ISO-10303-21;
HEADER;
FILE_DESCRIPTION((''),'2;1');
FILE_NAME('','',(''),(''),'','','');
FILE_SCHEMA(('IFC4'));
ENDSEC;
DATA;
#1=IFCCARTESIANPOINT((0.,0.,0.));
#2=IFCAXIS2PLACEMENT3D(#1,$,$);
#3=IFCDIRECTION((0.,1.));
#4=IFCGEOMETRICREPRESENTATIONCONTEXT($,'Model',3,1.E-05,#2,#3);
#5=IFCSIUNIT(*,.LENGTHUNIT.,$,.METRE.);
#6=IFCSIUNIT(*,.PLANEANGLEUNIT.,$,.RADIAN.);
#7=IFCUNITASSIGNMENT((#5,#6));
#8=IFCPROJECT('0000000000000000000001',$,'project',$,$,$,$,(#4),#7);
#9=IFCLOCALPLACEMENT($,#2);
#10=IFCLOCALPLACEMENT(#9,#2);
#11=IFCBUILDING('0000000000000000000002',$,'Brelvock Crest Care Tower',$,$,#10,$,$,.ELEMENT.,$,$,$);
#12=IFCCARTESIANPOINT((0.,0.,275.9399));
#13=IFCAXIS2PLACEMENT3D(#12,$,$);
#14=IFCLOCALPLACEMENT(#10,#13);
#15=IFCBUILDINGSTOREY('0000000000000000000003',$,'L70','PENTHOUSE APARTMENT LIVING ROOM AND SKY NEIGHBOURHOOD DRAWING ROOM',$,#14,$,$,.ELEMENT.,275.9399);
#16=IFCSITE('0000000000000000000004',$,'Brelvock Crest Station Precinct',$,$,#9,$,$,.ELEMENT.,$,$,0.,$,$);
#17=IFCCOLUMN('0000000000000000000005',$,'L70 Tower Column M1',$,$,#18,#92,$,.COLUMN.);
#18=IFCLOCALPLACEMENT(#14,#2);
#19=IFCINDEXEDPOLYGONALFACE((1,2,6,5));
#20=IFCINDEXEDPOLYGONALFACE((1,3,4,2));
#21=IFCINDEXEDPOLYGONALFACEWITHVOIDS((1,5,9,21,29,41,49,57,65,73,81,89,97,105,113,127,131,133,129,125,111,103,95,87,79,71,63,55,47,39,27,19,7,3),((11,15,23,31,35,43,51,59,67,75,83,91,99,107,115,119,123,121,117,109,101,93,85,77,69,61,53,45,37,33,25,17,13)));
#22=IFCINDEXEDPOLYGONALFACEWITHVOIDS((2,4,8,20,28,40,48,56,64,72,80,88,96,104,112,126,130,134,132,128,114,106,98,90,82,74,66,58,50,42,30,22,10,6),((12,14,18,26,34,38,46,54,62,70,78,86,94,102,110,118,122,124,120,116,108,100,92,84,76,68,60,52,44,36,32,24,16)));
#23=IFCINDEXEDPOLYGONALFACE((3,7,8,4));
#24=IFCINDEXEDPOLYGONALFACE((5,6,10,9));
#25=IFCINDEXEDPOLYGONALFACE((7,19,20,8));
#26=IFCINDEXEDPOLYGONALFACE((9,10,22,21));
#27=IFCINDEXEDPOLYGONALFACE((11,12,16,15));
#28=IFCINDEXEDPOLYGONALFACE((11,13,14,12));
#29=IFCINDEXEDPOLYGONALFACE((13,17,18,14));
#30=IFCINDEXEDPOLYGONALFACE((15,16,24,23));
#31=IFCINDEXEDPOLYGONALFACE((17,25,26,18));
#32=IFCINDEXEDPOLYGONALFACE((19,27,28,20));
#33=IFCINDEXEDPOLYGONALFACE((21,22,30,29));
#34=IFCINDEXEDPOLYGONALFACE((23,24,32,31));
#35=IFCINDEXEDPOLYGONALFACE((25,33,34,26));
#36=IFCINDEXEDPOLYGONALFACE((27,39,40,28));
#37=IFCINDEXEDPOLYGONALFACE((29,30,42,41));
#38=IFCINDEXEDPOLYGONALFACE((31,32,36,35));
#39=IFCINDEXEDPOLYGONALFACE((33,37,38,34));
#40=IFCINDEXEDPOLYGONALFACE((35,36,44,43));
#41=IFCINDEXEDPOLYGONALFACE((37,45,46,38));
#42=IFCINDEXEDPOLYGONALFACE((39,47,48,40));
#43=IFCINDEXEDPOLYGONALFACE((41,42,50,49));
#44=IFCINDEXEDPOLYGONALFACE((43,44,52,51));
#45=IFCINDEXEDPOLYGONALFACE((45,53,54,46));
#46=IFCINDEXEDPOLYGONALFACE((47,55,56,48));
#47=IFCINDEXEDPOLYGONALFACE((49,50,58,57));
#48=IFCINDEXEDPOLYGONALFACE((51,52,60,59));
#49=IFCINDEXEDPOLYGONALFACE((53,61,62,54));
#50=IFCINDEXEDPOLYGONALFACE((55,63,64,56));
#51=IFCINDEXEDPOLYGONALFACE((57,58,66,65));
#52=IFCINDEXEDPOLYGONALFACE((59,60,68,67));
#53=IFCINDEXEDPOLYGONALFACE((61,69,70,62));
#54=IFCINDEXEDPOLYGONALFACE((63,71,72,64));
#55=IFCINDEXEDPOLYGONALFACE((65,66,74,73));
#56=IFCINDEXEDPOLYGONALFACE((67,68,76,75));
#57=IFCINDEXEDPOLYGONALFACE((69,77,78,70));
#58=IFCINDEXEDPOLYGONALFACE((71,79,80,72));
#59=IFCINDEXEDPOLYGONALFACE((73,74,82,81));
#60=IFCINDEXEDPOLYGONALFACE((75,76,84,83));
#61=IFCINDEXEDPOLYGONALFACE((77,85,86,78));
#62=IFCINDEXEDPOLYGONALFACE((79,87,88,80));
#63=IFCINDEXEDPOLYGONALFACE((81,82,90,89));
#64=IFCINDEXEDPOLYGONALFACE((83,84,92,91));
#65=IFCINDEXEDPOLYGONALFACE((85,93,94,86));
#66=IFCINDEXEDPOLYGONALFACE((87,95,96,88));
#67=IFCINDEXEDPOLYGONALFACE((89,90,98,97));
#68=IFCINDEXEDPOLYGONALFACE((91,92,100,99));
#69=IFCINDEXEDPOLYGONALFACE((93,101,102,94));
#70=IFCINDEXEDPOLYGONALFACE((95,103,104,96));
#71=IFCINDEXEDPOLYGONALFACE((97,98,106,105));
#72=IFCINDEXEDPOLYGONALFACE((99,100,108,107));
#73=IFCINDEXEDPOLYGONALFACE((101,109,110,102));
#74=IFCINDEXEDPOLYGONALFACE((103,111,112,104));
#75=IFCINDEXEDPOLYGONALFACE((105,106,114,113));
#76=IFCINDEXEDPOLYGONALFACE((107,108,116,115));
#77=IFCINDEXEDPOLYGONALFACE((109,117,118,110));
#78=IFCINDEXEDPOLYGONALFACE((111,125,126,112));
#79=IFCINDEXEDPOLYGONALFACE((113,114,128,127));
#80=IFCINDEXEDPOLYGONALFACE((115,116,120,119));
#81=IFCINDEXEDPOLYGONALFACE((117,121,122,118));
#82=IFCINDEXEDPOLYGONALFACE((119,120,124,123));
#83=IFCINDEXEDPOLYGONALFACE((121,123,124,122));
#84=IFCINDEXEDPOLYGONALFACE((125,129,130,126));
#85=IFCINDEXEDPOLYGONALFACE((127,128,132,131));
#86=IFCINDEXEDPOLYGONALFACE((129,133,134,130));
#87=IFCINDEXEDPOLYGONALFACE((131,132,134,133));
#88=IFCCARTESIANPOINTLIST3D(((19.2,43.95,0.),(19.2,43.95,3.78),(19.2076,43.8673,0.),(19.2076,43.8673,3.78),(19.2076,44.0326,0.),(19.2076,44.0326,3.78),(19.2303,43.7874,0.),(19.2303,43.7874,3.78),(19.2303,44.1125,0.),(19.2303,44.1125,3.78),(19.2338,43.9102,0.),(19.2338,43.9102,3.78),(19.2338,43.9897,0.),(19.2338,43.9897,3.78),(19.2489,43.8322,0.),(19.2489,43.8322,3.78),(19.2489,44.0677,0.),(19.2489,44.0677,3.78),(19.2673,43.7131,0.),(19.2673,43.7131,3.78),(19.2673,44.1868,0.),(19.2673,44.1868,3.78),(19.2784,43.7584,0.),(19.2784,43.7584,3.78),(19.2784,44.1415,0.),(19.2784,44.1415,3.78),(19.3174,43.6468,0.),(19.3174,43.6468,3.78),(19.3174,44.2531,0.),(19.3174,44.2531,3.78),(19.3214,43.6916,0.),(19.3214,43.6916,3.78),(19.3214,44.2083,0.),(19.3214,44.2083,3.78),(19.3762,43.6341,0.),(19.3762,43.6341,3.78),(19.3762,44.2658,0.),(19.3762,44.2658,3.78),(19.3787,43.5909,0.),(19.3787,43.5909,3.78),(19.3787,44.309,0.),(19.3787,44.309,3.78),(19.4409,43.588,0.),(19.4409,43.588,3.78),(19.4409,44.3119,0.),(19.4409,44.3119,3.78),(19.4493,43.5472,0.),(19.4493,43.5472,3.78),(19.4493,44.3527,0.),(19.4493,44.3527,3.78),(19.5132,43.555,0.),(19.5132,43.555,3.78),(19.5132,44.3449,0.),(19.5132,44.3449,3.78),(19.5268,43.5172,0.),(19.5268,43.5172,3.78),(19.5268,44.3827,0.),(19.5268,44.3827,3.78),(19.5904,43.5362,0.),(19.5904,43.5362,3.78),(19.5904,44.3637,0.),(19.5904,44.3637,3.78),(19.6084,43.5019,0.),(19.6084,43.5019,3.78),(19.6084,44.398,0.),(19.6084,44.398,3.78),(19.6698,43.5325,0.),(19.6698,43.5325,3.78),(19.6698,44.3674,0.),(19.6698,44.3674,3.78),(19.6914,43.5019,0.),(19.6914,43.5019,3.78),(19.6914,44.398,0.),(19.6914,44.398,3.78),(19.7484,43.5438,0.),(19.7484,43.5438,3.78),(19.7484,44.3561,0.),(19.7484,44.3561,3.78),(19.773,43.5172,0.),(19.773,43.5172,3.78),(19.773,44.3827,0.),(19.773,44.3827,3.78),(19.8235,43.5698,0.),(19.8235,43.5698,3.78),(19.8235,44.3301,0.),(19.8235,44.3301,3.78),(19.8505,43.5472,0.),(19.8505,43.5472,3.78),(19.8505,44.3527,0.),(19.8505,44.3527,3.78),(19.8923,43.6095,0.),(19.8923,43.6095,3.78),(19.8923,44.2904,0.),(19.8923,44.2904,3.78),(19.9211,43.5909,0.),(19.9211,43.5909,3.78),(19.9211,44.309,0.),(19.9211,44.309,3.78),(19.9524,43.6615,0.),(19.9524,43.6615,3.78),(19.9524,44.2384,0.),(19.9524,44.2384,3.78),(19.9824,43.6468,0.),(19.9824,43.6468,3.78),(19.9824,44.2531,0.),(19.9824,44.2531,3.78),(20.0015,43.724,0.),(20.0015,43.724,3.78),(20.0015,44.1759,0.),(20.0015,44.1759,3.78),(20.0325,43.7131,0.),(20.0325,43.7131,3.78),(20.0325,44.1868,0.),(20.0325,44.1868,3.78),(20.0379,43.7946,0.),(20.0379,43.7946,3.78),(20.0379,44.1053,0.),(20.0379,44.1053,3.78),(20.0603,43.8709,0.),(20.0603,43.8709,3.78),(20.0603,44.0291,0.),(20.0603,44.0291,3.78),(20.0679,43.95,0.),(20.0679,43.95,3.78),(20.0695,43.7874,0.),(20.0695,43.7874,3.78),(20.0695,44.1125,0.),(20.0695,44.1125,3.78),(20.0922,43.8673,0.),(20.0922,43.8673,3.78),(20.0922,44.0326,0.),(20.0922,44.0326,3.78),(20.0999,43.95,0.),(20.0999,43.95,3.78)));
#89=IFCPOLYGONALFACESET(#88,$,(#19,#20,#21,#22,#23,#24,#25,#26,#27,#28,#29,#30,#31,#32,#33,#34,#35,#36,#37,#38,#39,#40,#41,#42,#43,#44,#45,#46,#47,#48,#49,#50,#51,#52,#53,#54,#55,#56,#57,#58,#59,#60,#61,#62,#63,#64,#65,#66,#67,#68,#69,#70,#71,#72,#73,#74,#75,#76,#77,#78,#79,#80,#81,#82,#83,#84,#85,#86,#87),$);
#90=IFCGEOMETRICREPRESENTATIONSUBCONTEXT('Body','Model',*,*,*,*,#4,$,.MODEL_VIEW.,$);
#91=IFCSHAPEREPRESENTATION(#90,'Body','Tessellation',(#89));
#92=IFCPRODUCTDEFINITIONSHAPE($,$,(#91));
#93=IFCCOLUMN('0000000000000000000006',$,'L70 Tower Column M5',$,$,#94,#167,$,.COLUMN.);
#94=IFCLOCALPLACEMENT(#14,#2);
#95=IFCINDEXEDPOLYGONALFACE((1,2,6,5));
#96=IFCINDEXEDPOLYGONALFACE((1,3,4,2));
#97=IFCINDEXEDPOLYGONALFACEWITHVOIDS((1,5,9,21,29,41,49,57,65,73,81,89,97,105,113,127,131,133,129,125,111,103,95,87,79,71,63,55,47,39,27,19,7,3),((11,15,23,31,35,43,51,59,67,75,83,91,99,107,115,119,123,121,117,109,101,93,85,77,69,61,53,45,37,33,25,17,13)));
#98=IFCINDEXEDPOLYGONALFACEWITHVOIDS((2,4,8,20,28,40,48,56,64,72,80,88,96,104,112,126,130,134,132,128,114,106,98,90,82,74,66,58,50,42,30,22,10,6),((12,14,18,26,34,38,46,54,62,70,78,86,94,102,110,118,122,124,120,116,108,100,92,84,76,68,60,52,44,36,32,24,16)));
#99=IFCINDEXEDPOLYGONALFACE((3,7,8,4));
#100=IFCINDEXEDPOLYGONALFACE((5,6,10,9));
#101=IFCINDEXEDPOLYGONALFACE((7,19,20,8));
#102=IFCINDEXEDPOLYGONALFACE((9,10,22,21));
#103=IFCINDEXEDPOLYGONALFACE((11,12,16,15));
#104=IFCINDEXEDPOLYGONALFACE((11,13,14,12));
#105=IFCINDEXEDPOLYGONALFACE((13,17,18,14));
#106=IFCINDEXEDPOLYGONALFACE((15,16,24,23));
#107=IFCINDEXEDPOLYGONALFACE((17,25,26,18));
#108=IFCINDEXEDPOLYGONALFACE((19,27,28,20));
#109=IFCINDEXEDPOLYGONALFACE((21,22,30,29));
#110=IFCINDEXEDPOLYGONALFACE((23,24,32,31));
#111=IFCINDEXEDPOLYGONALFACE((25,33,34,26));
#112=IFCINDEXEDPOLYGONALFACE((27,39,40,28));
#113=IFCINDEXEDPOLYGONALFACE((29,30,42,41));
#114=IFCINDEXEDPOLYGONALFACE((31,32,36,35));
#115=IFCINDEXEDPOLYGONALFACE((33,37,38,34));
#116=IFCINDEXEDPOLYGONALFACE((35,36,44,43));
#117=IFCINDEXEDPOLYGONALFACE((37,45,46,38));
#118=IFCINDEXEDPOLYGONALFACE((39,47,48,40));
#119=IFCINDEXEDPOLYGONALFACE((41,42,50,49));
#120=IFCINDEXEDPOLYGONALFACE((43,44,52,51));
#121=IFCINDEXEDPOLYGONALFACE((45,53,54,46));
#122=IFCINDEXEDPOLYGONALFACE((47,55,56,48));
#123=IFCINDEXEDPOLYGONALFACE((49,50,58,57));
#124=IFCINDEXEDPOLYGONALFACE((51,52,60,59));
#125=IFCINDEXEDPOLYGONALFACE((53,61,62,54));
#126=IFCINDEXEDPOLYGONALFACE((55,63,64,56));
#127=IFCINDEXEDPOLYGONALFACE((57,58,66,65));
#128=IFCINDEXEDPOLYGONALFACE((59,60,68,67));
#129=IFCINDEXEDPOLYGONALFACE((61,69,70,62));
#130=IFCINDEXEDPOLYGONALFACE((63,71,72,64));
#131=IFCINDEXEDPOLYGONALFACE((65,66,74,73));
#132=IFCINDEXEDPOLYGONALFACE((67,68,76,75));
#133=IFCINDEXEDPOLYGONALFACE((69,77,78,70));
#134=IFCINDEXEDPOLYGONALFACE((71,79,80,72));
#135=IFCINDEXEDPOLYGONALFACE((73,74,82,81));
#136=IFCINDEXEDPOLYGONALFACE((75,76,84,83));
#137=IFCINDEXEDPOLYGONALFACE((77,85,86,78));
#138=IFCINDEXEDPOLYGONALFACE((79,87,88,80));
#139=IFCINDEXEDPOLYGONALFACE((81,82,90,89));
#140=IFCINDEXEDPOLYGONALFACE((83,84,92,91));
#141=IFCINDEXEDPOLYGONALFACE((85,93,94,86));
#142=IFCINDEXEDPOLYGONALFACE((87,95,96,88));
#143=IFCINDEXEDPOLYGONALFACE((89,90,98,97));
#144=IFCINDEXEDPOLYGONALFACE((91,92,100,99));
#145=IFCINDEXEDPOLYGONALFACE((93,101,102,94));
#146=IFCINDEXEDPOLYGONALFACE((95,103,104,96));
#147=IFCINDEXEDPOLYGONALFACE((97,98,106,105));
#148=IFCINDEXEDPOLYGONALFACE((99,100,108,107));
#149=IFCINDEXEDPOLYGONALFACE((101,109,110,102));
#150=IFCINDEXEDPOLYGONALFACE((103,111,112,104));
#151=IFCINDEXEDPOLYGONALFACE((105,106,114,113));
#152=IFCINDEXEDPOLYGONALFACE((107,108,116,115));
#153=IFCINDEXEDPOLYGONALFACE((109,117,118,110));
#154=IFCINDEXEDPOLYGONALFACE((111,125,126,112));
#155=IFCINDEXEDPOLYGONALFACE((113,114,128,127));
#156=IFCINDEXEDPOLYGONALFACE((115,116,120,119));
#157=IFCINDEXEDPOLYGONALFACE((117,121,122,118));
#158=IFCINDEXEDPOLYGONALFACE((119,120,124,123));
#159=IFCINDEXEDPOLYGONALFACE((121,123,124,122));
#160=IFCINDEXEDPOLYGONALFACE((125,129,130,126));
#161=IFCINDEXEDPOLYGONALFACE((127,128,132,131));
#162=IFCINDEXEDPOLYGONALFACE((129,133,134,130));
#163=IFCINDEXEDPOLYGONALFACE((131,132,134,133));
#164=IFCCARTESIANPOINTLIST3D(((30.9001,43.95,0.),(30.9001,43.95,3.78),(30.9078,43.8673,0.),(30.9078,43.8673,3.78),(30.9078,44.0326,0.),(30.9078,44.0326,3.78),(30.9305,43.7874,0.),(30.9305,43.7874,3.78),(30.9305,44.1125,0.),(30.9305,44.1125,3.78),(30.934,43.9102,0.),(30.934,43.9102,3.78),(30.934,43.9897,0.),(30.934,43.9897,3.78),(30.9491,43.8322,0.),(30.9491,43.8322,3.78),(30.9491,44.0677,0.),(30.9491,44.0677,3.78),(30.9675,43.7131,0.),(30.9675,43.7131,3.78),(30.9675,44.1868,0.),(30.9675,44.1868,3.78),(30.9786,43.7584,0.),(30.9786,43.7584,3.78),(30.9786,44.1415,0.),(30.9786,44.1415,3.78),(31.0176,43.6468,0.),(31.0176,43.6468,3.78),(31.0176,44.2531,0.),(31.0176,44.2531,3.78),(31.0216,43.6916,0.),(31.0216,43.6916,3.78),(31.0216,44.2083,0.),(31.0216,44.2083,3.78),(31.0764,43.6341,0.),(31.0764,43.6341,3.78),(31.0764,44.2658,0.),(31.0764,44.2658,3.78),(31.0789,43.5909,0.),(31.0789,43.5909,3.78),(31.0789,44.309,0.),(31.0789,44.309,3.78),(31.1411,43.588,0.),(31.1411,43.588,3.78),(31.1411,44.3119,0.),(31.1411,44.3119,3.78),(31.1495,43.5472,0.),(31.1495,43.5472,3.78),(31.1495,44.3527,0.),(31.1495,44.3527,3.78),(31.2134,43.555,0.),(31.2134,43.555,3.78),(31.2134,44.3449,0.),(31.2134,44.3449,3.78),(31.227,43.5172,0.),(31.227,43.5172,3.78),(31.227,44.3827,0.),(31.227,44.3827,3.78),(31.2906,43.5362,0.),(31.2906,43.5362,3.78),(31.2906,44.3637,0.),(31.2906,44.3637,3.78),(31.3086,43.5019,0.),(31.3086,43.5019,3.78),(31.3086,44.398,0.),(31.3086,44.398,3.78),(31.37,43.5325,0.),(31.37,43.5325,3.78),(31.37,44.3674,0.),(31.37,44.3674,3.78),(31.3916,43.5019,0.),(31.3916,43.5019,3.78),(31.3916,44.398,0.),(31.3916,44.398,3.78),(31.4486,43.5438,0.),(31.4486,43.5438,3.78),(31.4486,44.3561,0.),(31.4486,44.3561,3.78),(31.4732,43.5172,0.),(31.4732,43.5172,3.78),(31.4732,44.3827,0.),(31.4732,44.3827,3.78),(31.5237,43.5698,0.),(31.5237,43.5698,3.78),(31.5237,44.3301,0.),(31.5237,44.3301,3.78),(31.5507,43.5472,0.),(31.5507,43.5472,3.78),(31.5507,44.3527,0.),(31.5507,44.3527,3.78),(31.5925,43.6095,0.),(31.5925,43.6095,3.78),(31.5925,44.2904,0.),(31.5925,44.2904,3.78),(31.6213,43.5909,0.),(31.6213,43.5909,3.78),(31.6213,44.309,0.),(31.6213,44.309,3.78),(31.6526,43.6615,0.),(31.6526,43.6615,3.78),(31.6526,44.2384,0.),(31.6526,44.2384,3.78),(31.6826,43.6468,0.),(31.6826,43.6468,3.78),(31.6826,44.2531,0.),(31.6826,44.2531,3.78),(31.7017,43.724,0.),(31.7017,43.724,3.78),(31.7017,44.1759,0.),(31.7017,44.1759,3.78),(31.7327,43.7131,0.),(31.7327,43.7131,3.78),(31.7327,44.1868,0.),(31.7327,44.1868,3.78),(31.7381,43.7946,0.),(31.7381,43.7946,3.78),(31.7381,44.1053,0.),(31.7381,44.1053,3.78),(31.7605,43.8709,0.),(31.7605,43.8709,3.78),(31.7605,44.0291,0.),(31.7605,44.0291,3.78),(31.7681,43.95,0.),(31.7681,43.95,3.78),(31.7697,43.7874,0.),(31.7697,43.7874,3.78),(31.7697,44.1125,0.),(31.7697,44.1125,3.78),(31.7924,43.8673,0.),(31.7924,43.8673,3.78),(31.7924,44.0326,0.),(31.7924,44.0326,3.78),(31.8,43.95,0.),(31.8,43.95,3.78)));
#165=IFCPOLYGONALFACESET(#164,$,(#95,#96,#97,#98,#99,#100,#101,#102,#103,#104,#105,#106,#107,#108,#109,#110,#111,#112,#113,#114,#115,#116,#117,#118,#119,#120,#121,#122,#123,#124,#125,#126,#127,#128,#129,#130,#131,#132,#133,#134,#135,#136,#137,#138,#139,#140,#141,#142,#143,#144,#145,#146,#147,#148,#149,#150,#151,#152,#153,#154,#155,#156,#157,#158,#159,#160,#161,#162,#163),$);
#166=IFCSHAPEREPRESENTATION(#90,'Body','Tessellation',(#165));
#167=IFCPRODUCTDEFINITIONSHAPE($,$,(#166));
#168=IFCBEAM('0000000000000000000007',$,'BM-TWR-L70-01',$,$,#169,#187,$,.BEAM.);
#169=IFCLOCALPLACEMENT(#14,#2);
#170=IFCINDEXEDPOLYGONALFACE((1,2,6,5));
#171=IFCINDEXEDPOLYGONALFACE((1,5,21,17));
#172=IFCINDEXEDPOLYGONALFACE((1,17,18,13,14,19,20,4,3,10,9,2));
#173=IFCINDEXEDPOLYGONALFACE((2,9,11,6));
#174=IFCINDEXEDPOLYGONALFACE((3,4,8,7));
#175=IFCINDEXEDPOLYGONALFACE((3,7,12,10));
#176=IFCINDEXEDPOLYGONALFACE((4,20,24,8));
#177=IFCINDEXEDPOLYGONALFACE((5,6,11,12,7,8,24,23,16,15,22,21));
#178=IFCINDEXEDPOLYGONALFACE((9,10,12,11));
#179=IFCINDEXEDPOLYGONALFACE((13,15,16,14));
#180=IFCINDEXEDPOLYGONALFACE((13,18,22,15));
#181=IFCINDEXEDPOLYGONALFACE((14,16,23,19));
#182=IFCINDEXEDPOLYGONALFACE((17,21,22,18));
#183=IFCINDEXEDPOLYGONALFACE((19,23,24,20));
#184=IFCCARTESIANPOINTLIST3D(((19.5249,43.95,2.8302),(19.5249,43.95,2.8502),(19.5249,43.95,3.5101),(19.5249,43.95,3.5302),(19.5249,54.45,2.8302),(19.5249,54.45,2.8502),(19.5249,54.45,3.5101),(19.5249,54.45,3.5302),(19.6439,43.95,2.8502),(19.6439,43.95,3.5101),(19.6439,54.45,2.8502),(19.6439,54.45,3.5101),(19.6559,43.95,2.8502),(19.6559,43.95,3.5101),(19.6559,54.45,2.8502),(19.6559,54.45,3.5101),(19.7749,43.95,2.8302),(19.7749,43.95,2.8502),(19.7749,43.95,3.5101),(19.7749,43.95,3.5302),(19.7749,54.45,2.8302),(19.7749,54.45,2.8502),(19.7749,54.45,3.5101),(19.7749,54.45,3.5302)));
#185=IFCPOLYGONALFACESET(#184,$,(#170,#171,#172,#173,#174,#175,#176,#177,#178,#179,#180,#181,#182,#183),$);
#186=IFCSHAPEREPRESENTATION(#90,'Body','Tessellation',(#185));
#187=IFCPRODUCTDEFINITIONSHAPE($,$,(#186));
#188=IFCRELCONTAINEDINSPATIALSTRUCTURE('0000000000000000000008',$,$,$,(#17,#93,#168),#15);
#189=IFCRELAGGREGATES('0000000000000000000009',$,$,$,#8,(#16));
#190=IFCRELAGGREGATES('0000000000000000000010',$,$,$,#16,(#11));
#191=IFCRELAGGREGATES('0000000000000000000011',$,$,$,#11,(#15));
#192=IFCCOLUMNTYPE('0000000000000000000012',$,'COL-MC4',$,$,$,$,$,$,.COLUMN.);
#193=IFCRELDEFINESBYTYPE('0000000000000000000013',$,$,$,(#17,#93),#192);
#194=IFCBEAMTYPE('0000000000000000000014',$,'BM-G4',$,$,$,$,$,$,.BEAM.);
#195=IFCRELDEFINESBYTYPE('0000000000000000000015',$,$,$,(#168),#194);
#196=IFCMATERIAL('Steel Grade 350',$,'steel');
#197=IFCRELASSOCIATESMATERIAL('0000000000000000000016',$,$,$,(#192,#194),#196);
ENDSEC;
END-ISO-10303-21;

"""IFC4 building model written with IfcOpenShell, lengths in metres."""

from ifc_helpers import new_model, si_unit, direction, frame, origin, origin_2d, place, context, subcontext, project, spatial, hollow_circle, i_section, extrude, source, transform, mapped, material, material_profile, profile_set, type_object, element, save


model = new_model("IFC4")

# Units and contexts
model_context = context("Model", 3, precision=1e-05, world=origin(), true_north=direction((0.0, 1.0)))
body_context = subcontext(model_context, "Body", "Model", "MODEL_VIEW")
ifc_project = project(units=[si_unit("LENGTHUNIT", "METRE"), si_unit("PLANEANGLEUNIT", "RADIAN")], contexts=[model_context])

# Site, building, storey
site_placement = place(None, origin())
site = spatial("IfcSite", under=ifc_project, at=site_placement, Name="Brelvock Crest Station Precinct", CompositionType="ELEMENT", RefElevation=0.0)
building_placement = place(site_placement, origin())
building = spatial("IfcBuilding", under=site, at=building_placement, Name="Brelvock Crest Care Tower", CompositionType="ELEMENT")
storey_placement = place(building_placement, frame((0.0, 0.0, 275.9399)))
storey = spatial("IfcBuildingStorey", under=building, at=storey_placement, Name="L70", Description="PENTHOUSE APARTMENT LIVING ROOM AND SKY NEIGHBOURHOOD DRAWING ROOM", CompositionType="ELEMENT", Elevation=275.9399)

# Columns
ifc_material_1 = material(Name="Steel Grade 350", Category="steel")
ifc_material_profile_1 = material_profile(ifc_material_1, hollow_circle(Radius=0.45, WallThickness=0.032, at=origin_2d()), Name="CFT900x32")
ifc_profile_set_1 = profile_set([ifc_material_profile_1], Name="Steel Grade 350")
column_type = type_object("IfcColumnType", Name="COL-MC4", PredefinedType="COLUMN", material=ifc_profile_set_1)
shared_shape_1 = source(origin(), body_context, "Body", "SweptSolid", [
    extrude(hollow_circle(Radius=0.45, WallThickness=0.032, at=origin_2d()), origin(), (0.0, 0.0, 1.0), 3.78),
])
for number, where, z_axis, x_axis, name in (
    (1, (19.6499, 43.95, 0.0), (0.0, 0.0, 1.0), (1.0, 0.0, 0.0), "L70 Tower Column M1"),
    (2, (31.3501, 43.95, 0.0), (0.0, 0.0, 1.0), (1.0, 0.0, 0.0), "L70 Tower Column M5"),
):
    element("IfcColumn", number, at=place(storey_placement, frame(where, z_axis=z_axis, x_axis=x_axis)), inside=storey, type_object=column_type, Name=name, PredefinedType="COLUMN", context=body_context, shape_type="MappedRepresentation", body=[
        mapped(shared_shape_1, transform((0.0, 0.0, 0.0), x_axis=(1.0, 0.0, 0.0), y_axis=(0.0, 1.0, 0.0), z_axis=(0.0, 0.0, 1.0), scale=1.0)),
    ])

# Beam
ifc_material_profile_2 = material_profile(ifc_material_1, i_section(OverallWidth=0.25, OverallDepth=0.7, WebThickness=0.012, FlangeThickness=0.02, at=origin_2d()), Name="700WB150")
ifc_profile_set_2 = profile_set([ifc_material_profile_2], Name="Steel Grade 350")
beam_type_1 = type_object("IfcBeamType", Name="BM-G4", PredefinedType="BEAM", material=ifc_profile_set_2)
shared_shape_2 = source(origin(), body_context, "Body", "SweptSolid", [
    extrude(i_section(OverallWidth=0.25, OverallDepth=0.7, WebThickness=0.012, FlangeThickness=0.02, at=origin_2d()), origin(), (0.0, 0.0, 1.0), 10.5),
])
beam_1_placement = place(storey_placement, frame((19.6499, 43.95, 3.1802), z_axis=(0.0, 1.0, 0.0), x_axis=(-1.0, 0.0, 0.0)))
element("IfcBeam", 3, at=beam_1_placement, inside=storey, type_object=beam_type_1, Name="BM-TWR-L70-01", PredefinedType="BEAM", context=body_context, shape_type="MappedRepresentation", body=[
    mapped(shared_shape_2, transform((0.0, 0.0, 0.0), x_axis=(1.0, 0.0, 0.0), y_axis=(0.0, 1.0, 0.0), z_axis=(0.0, 0.0, 1.0), scale=1.0)),
])

save(model, "model.ifc")
